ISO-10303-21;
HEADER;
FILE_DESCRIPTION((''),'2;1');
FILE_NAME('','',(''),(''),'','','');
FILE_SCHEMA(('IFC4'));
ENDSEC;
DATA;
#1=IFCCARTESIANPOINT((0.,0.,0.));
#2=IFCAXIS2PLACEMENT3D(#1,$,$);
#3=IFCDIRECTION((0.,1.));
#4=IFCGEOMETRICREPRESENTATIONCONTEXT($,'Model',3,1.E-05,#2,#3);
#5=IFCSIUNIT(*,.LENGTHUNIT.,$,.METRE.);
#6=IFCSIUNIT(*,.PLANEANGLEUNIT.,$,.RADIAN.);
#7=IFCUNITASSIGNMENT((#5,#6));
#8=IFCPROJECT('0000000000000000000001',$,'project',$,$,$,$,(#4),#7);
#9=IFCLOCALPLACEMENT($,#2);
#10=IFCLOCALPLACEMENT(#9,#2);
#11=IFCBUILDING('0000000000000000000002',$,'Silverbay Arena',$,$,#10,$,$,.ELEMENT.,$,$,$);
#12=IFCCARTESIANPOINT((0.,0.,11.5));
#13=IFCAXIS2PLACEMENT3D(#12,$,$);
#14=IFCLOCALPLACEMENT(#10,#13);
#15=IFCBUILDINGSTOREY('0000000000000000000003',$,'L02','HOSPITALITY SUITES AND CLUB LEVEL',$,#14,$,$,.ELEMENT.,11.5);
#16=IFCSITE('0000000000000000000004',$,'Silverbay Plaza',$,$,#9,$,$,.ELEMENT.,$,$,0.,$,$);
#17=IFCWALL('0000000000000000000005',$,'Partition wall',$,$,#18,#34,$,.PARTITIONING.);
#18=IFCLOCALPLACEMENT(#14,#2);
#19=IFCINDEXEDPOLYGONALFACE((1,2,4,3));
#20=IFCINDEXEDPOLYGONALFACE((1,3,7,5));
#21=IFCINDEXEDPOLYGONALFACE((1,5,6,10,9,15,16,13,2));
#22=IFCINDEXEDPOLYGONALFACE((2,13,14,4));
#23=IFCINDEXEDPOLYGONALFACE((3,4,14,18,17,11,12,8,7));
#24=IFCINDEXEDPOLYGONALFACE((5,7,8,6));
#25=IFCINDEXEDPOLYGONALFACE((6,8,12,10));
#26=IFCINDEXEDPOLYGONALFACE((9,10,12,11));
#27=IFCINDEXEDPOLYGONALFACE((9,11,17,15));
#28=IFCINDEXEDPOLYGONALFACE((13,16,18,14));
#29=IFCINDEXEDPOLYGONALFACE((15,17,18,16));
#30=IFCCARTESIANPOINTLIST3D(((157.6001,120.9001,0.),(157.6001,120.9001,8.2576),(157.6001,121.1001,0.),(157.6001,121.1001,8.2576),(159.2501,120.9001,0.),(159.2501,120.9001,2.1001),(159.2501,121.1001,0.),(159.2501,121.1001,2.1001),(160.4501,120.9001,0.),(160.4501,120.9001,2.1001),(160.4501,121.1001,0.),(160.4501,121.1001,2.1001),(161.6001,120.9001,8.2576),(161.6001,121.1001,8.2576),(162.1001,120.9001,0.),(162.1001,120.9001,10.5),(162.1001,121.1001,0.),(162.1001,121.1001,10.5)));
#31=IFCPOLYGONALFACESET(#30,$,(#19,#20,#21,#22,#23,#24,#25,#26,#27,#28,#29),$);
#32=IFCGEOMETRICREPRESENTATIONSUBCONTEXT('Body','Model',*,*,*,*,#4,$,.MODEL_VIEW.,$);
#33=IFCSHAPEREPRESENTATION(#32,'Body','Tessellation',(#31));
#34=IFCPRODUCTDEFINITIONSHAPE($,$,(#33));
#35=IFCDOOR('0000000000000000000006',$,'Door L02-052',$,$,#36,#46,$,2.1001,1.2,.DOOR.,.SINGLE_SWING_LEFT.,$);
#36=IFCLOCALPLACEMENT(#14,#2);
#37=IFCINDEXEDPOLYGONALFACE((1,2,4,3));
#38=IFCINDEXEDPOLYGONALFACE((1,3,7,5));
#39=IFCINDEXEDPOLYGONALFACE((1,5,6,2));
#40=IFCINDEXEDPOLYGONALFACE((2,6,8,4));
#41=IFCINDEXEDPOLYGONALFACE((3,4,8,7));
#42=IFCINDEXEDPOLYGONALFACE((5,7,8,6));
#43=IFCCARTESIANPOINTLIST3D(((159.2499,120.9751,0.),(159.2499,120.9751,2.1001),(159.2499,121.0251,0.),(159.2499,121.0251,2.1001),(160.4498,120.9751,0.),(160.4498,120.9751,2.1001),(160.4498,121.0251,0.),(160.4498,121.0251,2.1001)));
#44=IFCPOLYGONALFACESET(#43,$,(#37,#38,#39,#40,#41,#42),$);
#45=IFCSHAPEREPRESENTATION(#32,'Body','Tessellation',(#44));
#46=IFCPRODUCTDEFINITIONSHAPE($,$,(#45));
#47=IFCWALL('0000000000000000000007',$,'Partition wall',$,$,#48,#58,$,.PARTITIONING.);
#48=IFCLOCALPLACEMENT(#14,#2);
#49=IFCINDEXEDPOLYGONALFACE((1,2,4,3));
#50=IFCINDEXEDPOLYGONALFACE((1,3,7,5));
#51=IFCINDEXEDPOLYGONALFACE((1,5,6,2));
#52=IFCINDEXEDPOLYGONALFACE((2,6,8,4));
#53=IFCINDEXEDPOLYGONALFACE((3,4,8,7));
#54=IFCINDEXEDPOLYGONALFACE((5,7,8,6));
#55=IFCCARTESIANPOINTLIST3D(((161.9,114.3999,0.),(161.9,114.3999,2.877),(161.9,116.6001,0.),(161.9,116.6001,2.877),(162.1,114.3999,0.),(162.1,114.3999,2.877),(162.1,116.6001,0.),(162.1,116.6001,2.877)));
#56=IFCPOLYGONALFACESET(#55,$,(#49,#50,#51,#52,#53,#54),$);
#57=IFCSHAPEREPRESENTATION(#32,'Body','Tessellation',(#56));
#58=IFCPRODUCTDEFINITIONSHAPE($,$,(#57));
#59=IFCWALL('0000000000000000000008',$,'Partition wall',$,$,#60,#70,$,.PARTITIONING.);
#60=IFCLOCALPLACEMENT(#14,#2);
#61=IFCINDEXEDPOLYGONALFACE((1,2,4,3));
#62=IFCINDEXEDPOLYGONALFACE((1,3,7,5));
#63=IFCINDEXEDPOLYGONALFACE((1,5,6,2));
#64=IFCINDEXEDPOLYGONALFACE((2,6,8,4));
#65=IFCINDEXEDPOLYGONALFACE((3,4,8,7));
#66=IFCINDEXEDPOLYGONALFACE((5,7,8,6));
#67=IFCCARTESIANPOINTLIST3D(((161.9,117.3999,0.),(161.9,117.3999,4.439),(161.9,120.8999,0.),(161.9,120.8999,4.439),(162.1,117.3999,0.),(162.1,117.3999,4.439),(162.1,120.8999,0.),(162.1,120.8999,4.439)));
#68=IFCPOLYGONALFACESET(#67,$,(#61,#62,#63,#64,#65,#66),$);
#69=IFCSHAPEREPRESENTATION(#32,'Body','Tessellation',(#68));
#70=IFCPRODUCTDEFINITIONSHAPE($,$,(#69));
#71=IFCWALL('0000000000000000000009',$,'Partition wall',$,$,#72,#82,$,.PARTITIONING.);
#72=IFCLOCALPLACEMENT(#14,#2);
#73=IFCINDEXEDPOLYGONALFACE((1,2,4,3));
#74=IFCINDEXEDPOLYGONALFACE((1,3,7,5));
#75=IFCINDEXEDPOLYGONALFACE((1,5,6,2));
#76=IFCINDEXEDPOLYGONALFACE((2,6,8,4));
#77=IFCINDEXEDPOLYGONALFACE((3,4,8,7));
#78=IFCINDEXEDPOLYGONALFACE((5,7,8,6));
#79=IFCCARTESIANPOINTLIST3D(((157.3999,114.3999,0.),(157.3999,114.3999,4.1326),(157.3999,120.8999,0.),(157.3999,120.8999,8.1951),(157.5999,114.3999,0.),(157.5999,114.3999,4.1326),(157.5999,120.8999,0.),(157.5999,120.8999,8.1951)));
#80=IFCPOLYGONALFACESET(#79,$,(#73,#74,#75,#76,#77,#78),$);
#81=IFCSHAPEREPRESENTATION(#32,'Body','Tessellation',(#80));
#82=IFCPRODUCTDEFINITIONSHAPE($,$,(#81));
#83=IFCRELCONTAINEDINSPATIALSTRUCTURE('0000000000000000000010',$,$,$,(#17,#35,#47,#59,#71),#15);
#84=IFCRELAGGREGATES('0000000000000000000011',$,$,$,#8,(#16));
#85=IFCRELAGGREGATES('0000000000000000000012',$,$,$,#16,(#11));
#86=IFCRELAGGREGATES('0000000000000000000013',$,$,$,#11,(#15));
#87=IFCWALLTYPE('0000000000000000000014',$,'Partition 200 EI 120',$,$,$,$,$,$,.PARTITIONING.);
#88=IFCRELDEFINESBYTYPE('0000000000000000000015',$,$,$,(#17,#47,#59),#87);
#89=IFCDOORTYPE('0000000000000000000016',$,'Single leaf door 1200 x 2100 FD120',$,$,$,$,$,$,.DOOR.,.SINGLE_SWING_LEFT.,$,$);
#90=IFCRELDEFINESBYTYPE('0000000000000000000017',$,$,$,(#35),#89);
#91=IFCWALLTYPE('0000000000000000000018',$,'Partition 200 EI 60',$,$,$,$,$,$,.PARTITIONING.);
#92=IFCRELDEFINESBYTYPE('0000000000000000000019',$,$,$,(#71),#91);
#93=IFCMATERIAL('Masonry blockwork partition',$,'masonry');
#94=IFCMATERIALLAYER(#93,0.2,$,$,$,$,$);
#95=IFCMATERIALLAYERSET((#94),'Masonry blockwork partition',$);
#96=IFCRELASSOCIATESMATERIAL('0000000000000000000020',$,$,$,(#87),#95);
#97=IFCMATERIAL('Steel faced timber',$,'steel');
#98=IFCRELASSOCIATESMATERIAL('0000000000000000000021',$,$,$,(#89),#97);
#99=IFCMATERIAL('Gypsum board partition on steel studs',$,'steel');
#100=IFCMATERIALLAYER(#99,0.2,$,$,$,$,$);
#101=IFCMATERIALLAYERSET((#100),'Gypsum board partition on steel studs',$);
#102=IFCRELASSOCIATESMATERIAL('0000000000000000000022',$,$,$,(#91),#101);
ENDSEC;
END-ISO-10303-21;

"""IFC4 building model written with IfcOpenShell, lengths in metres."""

from ifc_helpers import new_model, si_unit, direction, frame, frame_2d, origin, place, context, subcontext, project, spatial, polyline, rectangle, outline, extrude, material, layer, layer_set, type_object, element, fill, save


model = new_model("IFC4")

# Units and contexts
model_context = context("Model", 3, precision=1e-05, world=origin(), true_north=direction((0.0, 1.0)))
body_context = subcontext(model_context, "Body", "Model", "MODEL_VIEW")
ifc_project = project(units=[si_unit("LENGTHUNIT", "METRE"), si_unit("PLANEANGLEUNIT", "RADIAN")], contexts=[model_context])

# Site, building, storey
site_placement = place(None, origin())
site = spatial("IfcSite", under=ifc_project, at=site_placement, Name="Silverbay Plaza", CompositionType="ELEMENT", RefElevation=0.0)
building_placement = place(site_placement, origin())
building = spatial("IfcBuilding", under=site, at=building_placement, Name="Silverbay Arena", CompositionType="ELEMENT")
storey_placement = place(building_placement, frame((0.0, 0.0, 11.5)))
storey = spatial("IfcBuildingStorey", under=building, at=storey_placement, Name="L02", Description="HOSPITALITY SUITES AND CLUB LEVEL", CompositionType="ELEMENT", Elevation=11.5)

# Wall, opening, door
ifc_material_1 = material(Name="Masonry blockwork partition", Category="masonry")
ifc_layer_1 = layer(ifc_material_1, 0.2)
ifc_layer_set_1 = layer_set([ifc_layer_1], Name="Masonry blockwork partition")
wall_type_1 = type_object("IfcWallType", Name="Partition 200 EI 120", PredefinedType="PARTITIONING", material=ifc_layer_set_1)
wall_1_placement = place(storey_placement, frame((157.6001, 121.0, 0.0), z_axis=(0.0, 0.0, 1.0), x_axis=(1.0, 0.0, 0.0)))
wall_1 = element("IfcWall", 1, at=wall_1_placement, inside=storey, type_object=wall_type_1, Name="Partition wall", PredefinedType="PARTITIONING", context=body_context, shape_type="SweptSolid", body=[
    extrude(outline(polyline([(0.0, 0.0), (4.5, 0.0), (4.5, 10.5), (4.0, 8.2576), (0.0, 8.2576), (0.0, 0.0)])), frame((0.0, 0.1001, 0.0), z_axis=(0.0, -1.0, 0.0), x_axis=(1.0, 0.0, 0.0)), (0.0, 0.0, 1.0), 0.2),
])
opening_1_placement = place(wall_1_placement, frame((1.6499, 0.0, 0.0)))
opening_1 = element("IfcOpeningElement", 2, at=opening_1_placement, cuts=wall_1, PredefinedType="OPENING", context=body_context, shape_type="SweptSolid", body=[
    extrude(rectangle(XDim=1.2, YDim=2.1001, at=frame_2d((0.6001, 1.05))), frame((0.0, 0.1099, 0.0), z_axis=(0.0, -1.0, 0.0), x_axis=(1.0, 0.0, 0.0)), (0.0, 0.0, 1.0), 0.22),
])
ifc_material_2 = material(Name="Steel faced timber", Category="steel")
door_type_1 = type_object("IfcDoorType", Name="Single leaf door 1200 x 2100 FD120", OperationType="SINGLE_SWING_LEFT", PredefinedType="DOOR", material=ifc_material_2)
door_1_placement = place(opening_1_placement, frame((1.2, 0.0, 0.0), z_axis=(0.0, 0.0, 1.0), x_axis=(-1.0, 0.0, 0.0)))
door_1 = element("IfcDoor", 3, at=door_1_placement, inside=storey, type_object=door_type_1, Name="Door L02-052", OperationType="SINGLE_SWING_LEFT", OverallHeight=2.1001, OverallWidth=1.2, PredefinedType="DOOR", context=body_context, shape_type="SweptSolid", body=[
    extrude(rectangle(XDim=1.2, YDim=2.1001, at=frame_2d((0.6001, 1.05))), frame((0.0, 0.0249, 0.0), z_axis=(0.0, -1.0, 0.0), x_axis=(1.0, 0.0, 0.0)), (0.0, 0.0, 1.0), 0.05),
])
fill(opening_1, door_1)

# Walls
wall_2_placement = place(storey_placement, frame((162.0, 114.3999, 0.0), z_axis=(0.0, 0.0, 1.0), x_axis=(0.0, 1.0, 0.0)))
element("IfcWall", 4, at=wall_2_placement, inside=storey, type_object=wall_type_1, Name="Partition wall", PredefinedType="PARTITIONING", context=body_context, shape_type="SweptSolid", body=[
    extrude(rectangle(XDim=2.2002, YDim=0.2, at=frame_2d((1.1001, 0.0))), origin(), (0.0, 0.0, 1.0), 2.877),
])
wall_3_placement = place(storey_placement, frame((162.0, 117.3999, 0.0), z_axis=(0.0, 0.0, 1.0), x_axis=(0.0, 1.0, 0.0)))
element("IfcWall", 5, at=wall_3_placement, inside=storey, type_object=wall_type_1, Name="Partition wall", PredefinedType="PARTITIONING", context=body_context, shape_type="SweptSolid", body=[
    extrude(rectangle(XDim=3.5, YDim=0.2, at=frame_2d((1.75, 0.0))), origin(), (0.0, 0.0, 1.0), 4.439),
])
ifc_material_3 = material(Name="Gypsum board partition on steel studs", Category="steel")
ifc_layer_2 = layer(ifc_material_3, 0.2)
ifc_layer_set_2 = layer_set([ifc_layer_2], Name="Gypsum board partition on steel studs")
wall_type_2 = type_object("IfcWallType", Name="Partition 200 EI 60", PredefinedType="PARTITIONING", material=ifc_layer_set_2)
wall_4_placement = place(storey_placement, frame((157.5, 114.3999, 0.0), z_axis=(0.0, 0.0, 1.0), x_axis=(0.0, 1.0, 0.0)))
element("IfcWall", 6, at=wall_4_placement, inside=storey, type_object=wall_type_2, Name="Partition wall", PredefinedType="PARTITIONING", context=body_context, shape_type="SweptSolid", body=[
    extrude(outline(polyline([(0.0, 0.0), (6.5, 0.0), (6.5, 8.1951), (0.0, 4.1326), (0.0, 0.0)])), frame((0.0, 0.1001, 0.0), z_axis=(0.0, -1.0, 0.0), x_axis=(1.0, 0.0, 0.0)), (0.0, 0.0, 1.0), 0.2),
])

save(model, "model.ifc")
